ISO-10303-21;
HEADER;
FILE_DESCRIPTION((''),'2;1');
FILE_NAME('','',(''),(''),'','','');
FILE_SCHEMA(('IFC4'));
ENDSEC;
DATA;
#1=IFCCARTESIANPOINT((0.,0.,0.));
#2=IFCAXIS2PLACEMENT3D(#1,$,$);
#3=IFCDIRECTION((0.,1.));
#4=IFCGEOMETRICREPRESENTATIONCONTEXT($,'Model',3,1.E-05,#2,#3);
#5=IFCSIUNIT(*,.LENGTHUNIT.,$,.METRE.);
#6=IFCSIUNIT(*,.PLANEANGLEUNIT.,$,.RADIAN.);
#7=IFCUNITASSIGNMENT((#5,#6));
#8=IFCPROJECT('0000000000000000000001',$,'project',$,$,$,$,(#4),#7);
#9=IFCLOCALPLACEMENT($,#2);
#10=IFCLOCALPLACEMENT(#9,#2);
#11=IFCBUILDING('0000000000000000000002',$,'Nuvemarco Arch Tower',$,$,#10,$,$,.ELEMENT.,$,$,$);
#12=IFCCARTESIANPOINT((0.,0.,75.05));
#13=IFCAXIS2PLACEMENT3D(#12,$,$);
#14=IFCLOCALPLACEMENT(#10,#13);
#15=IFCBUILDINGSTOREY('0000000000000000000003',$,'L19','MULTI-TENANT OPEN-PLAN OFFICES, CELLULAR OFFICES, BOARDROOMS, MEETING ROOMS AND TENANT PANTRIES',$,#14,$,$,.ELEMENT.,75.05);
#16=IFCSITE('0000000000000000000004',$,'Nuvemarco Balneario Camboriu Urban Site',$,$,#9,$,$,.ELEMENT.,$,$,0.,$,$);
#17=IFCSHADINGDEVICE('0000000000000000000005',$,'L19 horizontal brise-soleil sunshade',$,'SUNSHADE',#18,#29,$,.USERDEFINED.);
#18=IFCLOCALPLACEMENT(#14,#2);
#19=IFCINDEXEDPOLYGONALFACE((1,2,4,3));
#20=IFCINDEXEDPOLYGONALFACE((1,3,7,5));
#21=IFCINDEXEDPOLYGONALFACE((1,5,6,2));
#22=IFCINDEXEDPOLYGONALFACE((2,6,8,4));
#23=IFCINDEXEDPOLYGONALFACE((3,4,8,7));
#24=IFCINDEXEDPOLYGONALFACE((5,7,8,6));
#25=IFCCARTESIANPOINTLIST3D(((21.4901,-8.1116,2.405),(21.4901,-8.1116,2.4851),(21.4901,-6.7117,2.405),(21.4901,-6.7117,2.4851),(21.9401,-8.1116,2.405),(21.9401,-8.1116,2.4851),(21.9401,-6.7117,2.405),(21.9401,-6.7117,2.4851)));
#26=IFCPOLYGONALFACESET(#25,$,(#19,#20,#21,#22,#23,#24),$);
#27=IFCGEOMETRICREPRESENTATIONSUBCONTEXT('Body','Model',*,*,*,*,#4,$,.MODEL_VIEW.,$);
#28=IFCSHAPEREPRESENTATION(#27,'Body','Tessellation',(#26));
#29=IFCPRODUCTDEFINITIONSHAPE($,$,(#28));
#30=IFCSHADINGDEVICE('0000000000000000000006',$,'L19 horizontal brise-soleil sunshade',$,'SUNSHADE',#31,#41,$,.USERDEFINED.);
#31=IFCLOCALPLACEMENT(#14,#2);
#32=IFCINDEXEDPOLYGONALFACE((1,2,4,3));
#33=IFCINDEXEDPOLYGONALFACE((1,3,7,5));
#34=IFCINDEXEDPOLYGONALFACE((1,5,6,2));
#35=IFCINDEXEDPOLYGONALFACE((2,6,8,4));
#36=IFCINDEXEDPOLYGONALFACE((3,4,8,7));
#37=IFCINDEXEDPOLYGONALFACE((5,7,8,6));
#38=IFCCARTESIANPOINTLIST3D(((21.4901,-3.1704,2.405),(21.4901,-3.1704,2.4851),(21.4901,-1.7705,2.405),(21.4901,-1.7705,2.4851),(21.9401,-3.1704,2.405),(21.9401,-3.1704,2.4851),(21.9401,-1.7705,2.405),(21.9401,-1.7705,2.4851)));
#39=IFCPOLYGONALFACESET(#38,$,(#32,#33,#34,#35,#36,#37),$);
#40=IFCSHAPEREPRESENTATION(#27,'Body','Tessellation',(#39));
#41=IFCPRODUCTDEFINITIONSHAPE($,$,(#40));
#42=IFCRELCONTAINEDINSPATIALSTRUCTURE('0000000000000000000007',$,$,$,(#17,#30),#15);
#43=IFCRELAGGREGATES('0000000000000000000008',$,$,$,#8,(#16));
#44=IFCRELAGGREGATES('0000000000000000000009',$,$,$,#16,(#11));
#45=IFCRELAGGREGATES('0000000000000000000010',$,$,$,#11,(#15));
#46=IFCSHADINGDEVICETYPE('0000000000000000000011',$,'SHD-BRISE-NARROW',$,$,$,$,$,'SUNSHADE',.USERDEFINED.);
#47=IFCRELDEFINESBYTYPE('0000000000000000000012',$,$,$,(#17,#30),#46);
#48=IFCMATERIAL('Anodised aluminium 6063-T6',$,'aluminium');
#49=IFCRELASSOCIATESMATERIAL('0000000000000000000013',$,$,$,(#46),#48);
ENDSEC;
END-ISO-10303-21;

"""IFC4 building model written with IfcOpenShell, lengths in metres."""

from ifc_helpers import new_model, si_unit, direction, frame, origin, origin_2d, place, context, subcontext, project, spatial, rectangle, extrude, source, transform, mapped, material, type_object, type_shapes, element, save


model = new_model("IFC4")

# Units and contexts
model_context = context("Model", 3, precision=1e-05, world=origin(), true_north=direction((0.0, 1.0)))
body_context = subcontext(model_context, "Body", "Model", "MODEL_VIEW")
ifc_project = project(units=[si_unit("LENGTHUNIT", "METRE"), si_unit("PLANEANGLEUNIT", "RADIAN")], contexts=[model_context])

# Site, building, storey
site_placement = place(None, origin())
site = spatial("IfcSite", under=ifc_project, at=site_placement, Name="Nuvemarco Balneario Camboriu Urban Site", CompositionType="ELEMENT", RefElevation=0.0)
building_placement = place(site_placement, origin())
building = spatial("IfcBuilding", under=site, at=building_placement, Name="Nuvemarco Arch Tower", CompositionType="ELEMENT")
storey_placement = place(building_placement, frame((0.0, 0.0, 75.05)))
storey = spatial("IfcBuildingStorey", under=building, at=storey_placement, Name="L19", Description="MULTI-TENANT OPEN-PLAN OFFICES, CELLULAR OFFICES, BOARDROOMS, MEETING ROOMS AND TENANT PANTRIES", CompositionType="ELEMENT", Elevation=75.05)

# Shading devices
ifc_material_1 = material(Name="Anodised aluminium 6063-T6", Category="aluminium")
shading_device_type = type_object("IfcShadingDeviceType", Name="SHD-BRISE-NARROW", ElementType="SUNSHADE", PredefinedType="USERDEFINED", material=ifc_material_1)
shared_shape_1 = source(origin(), body_context, "Body", "SweptSolid", [
    extrude(rectangle(XDim=1.3999, YDim=0.45, at=origin_2d()), origin(), (0.0, 0.0, 1.0), 0.0801),
])
type_shapes(shading_device_type, [shared_shape_1])
for number, where, z_axis, x_axis, name in (
    (1, (21.7151, -7.4116, 2.405), (0.0, 0.0, 1.0), (0.0, 1.0, 0.0), "L19 horizontal brise-soleil sunshade"),
    (2, (21.7151, -2.4705, 2.405), (0.0, 0.0, 1.0), (0.0, 1.0, 0.0), "L19 horizontal brise-soleil sunshade"),
):
    element("IfcShadingDevice", number, at=place(storey_placement, frame(where, z_axis=z_axis, x_axis=x_axis)), inside=storey, type_object=shading_device_type, Name=name, ObjectType="SUNSHADE", PredefinedType="USERDEFINED", context=body_context, shape_type="MappedRepresentation", body=[
        mapped(shared_shape_1, transform((0.0, 0.0, 0.0), scale=1.0)),
    ])

save(model, "model.ifc")
